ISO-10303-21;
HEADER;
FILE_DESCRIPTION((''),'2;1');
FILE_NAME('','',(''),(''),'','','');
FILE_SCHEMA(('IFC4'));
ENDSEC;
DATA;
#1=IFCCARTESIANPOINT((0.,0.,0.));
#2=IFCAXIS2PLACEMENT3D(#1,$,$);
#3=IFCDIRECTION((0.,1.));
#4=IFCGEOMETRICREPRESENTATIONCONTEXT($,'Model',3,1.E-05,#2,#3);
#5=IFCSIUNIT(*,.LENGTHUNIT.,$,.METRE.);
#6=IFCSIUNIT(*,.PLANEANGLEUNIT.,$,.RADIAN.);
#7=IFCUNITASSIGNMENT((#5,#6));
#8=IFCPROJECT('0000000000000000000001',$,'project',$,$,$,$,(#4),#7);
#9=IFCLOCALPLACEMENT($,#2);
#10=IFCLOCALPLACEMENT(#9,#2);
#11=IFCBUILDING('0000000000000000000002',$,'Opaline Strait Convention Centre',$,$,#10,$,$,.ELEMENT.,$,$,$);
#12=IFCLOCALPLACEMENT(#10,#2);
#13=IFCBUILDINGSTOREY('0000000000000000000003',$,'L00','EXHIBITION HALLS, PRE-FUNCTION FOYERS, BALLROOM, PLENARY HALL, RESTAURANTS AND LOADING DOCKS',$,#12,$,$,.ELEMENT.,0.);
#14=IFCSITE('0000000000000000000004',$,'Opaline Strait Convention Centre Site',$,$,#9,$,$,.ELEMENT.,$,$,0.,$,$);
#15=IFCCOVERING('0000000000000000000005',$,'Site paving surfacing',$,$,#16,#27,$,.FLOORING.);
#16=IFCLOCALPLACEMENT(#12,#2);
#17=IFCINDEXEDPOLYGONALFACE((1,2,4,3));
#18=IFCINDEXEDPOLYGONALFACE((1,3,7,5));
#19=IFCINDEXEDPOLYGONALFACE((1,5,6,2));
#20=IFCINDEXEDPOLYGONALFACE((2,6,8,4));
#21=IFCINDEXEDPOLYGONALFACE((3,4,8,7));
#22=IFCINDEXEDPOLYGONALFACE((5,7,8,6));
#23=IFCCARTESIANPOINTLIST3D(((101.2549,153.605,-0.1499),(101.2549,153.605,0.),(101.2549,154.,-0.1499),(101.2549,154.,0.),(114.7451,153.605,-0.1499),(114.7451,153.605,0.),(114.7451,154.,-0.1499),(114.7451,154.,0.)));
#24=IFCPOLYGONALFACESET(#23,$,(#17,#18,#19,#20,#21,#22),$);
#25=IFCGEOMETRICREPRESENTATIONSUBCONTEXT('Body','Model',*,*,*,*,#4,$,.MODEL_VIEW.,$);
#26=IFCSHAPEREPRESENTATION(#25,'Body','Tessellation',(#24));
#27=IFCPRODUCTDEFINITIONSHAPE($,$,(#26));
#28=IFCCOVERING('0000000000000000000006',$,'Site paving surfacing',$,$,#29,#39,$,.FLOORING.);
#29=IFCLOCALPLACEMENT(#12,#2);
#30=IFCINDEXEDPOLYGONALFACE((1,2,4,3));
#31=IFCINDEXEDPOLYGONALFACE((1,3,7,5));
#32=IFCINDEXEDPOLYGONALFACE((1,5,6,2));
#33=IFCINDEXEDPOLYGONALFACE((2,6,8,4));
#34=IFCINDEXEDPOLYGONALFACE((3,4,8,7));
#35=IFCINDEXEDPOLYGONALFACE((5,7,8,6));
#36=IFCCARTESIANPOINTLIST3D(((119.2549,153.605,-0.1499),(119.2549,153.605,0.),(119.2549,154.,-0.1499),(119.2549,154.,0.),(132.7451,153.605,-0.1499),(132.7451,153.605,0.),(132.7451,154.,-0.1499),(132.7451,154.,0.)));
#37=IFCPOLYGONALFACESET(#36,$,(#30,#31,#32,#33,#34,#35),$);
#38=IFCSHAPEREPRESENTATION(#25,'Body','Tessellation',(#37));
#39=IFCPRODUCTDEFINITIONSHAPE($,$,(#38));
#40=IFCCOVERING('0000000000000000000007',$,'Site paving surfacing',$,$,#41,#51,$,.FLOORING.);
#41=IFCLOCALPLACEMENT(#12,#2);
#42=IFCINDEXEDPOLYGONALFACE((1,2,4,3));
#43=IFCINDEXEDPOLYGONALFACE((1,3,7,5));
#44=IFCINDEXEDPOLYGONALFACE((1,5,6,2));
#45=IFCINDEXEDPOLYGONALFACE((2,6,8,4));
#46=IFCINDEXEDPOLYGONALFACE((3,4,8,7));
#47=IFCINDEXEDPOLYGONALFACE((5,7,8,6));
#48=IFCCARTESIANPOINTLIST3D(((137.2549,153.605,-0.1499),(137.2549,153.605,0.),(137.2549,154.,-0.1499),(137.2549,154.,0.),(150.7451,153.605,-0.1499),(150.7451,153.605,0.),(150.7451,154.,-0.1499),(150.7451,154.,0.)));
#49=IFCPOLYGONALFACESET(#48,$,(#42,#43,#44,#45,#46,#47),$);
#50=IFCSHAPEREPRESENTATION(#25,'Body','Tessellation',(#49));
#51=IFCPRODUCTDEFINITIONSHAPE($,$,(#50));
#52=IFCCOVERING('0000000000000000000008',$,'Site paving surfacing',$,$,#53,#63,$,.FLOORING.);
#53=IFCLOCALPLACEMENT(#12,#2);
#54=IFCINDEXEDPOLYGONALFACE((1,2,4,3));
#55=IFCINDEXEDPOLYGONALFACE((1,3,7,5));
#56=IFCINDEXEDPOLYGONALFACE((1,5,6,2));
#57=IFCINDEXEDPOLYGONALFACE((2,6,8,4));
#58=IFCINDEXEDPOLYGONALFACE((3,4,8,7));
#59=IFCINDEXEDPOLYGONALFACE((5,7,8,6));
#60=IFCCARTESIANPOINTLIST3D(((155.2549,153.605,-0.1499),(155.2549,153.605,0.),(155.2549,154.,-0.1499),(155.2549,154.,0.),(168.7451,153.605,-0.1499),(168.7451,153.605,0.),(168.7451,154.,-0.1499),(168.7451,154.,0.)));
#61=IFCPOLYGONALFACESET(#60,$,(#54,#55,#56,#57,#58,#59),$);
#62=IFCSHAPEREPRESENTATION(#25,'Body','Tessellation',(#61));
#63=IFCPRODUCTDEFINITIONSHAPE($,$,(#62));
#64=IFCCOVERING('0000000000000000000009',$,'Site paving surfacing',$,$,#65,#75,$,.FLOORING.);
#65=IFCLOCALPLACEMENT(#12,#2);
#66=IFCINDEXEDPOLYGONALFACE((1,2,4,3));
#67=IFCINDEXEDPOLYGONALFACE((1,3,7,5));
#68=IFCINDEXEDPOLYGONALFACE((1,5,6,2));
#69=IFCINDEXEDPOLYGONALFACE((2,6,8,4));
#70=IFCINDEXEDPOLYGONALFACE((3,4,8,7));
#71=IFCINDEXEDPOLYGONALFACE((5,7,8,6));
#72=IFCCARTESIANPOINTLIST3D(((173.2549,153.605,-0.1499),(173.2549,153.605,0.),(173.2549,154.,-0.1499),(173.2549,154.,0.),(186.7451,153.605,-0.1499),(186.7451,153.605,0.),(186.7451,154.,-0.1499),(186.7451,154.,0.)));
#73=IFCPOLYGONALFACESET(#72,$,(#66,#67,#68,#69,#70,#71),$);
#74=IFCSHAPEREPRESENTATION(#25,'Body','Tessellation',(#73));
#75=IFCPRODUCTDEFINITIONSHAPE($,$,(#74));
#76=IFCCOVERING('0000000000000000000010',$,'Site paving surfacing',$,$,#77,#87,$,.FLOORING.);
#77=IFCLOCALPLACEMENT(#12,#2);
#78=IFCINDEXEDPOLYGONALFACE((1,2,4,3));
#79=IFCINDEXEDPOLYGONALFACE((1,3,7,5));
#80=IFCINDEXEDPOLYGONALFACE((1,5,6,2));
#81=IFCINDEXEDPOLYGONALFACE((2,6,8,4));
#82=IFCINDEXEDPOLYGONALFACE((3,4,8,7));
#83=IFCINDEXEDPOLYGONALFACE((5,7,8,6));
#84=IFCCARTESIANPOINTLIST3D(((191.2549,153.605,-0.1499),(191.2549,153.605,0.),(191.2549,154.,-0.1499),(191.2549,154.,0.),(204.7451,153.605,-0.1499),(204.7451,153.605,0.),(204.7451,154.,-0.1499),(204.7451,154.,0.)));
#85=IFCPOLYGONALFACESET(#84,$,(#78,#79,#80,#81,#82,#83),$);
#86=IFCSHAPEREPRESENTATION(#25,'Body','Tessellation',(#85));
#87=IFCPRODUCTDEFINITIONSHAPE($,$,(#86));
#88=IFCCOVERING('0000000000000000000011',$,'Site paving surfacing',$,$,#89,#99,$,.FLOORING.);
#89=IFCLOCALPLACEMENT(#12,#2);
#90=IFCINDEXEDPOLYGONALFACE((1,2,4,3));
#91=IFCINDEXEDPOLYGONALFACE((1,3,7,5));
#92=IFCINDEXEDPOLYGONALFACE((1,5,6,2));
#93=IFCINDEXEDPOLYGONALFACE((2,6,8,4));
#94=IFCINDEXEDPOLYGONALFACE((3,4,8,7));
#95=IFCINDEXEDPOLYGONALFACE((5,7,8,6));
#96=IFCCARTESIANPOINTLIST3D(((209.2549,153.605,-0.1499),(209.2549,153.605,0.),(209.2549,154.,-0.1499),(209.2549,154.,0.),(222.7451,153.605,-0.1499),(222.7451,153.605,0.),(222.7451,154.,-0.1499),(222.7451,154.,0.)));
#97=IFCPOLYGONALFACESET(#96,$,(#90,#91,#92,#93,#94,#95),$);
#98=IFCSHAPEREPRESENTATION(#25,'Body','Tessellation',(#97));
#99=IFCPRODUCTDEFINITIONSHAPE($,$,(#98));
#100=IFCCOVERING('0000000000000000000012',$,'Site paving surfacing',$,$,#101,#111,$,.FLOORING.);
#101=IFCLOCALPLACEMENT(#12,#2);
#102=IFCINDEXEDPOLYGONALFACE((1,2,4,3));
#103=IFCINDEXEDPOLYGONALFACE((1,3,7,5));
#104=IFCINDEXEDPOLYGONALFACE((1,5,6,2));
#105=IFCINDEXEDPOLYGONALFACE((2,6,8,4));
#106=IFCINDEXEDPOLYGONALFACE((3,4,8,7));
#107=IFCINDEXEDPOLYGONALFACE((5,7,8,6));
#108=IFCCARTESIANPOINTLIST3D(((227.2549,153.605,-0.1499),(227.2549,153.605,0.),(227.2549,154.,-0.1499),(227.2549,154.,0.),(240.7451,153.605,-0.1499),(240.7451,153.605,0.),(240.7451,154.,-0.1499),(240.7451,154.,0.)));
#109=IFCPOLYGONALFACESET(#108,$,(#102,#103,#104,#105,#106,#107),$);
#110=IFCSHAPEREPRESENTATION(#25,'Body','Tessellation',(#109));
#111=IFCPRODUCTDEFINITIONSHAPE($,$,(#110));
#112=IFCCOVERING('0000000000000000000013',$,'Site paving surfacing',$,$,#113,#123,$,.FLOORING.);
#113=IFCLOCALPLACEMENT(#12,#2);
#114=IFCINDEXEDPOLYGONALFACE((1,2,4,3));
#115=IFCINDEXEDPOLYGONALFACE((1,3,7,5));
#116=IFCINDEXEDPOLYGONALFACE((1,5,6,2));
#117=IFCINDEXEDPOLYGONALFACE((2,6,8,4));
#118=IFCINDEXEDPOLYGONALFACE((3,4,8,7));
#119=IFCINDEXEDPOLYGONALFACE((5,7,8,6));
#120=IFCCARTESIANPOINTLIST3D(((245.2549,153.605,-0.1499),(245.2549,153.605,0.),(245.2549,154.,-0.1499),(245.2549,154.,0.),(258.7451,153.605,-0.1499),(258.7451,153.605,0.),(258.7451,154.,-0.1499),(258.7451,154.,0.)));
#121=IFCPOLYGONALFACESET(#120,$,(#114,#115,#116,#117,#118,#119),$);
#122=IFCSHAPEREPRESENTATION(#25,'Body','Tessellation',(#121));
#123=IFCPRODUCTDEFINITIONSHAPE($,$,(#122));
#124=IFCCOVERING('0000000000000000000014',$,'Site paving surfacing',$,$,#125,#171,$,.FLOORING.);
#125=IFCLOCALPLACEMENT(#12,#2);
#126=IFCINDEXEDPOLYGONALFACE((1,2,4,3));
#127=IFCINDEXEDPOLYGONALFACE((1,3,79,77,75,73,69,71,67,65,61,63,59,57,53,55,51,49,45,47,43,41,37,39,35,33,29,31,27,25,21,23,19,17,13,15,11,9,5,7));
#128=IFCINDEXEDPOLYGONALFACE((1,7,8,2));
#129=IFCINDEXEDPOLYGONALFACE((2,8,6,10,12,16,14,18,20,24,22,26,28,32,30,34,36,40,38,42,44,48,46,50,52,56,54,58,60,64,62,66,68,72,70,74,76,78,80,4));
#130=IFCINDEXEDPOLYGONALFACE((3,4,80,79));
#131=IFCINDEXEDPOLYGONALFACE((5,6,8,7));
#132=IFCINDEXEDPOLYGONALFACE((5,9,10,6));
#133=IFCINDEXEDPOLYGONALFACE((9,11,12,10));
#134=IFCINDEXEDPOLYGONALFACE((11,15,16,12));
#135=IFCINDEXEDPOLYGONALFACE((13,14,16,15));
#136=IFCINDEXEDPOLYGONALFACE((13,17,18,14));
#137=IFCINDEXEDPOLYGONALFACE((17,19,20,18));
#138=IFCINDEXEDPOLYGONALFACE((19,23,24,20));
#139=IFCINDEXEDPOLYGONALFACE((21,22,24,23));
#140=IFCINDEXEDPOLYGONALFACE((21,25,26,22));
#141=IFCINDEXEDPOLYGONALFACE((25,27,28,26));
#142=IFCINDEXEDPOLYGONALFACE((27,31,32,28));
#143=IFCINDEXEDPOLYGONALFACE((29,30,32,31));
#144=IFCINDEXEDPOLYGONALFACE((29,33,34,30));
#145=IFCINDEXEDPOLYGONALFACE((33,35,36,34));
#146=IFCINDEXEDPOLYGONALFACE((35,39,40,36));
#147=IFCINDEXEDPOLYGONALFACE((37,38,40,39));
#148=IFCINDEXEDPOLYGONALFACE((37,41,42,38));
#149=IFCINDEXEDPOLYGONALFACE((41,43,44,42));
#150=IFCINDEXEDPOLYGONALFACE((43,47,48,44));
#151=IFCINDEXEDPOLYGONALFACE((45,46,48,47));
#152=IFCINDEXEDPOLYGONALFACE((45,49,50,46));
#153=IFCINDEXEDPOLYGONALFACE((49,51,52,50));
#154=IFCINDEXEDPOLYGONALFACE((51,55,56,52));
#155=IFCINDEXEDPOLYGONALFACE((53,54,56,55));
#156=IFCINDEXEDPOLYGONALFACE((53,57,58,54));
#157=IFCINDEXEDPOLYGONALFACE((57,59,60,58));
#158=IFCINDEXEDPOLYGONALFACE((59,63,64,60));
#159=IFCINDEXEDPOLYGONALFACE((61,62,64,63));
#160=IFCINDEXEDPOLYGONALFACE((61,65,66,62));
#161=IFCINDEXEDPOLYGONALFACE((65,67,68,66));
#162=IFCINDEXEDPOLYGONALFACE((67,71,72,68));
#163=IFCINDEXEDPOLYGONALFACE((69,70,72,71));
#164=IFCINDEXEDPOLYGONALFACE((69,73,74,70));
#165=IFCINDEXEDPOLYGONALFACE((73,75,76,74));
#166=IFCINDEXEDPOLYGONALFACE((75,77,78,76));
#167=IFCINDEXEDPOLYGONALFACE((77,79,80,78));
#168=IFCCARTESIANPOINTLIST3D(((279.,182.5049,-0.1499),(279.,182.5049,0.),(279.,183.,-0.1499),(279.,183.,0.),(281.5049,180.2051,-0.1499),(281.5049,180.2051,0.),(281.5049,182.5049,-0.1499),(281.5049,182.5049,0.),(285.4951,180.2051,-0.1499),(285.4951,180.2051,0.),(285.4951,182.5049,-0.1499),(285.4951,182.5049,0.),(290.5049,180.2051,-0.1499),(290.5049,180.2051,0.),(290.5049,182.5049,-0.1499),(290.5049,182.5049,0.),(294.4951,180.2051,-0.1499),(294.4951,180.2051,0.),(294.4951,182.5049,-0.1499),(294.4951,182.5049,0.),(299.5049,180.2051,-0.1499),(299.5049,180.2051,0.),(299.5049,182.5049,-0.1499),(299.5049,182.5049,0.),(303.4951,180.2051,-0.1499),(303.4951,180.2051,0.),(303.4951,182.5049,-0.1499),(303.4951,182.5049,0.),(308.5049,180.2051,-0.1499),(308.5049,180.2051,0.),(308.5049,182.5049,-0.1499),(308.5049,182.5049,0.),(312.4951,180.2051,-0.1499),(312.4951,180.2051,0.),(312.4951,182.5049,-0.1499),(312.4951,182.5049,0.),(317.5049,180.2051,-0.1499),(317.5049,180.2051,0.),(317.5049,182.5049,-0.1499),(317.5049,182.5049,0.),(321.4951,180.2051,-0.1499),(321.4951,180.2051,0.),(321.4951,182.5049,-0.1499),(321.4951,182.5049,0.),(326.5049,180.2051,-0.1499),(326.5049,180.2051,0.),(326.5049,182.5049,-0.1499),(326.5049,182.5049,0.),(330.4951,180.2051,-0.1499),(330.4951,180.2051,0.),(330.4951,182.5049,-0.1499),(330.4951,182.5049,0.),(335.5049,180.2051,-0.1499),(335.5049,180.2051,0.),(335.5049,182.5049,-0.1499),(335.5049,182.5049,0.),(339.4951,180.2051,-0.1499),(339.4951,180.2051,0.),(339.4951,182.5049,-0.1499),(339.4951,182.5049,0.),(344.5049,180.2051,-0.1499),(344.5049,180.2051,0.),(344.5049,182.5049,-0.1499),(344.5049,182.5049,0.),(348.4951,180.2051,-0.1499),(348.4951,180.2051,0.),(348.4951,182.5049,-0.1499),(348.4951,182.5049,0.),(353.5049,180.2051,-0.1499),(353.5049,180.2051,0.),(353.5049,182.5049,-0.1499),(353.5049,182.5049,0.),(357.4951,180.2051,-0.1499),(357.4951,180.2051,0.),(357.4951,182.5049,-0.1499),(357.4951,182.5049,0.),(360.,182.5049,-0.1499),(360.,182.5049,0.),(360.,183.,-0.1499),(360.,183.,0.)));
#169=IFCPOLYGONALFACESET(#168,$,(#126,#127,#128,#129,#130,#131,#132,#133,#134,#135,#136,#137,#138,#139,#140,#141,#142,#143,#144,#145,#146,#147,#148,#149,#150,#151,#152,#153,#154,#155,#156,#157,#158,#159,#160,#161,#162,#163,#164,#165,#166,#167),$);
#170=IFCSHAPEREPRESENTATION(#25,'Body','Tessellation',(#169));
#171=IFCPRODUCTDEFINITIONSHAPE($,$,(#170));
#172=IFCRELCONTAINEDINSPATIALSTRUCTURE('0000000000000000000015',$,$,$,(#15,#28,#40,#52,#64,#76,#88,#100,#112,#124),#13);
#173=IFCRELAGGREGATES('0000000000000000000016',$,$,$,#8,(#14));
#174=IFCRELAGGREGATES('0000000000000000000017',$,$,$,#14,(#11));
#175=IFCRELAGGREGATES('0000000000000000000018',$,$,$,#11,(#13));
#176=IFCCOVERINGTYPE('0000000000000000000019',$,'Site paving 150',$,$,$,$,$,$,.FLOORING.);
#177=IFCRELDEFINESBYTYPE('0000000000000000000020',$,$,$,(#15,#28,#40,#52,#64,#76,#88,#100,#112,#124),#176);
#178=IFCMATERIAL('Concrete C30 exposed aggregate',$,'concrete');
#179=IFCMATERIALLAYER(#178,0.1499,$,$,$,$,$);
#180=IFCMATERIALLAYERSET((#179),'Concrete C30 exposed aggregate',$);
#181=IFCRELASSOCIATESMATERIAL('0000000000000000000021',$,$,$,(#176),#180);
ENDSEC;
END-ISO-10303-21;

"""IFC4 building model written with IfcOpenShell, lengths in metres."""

from ifc_helpers import new_model, si_unit, direction, frame, origin, place, context, subcontext, project, spatial, polyline, outline, extrude, material, layer, layer_set, type_object, element, save


model = new_model("IFC4")

# Units and contexts
model_context = context("Model", 3, precision=1e-05, world=origin(), true_north=direction((0.0, 1.0)))
body_context = subcontext(model_context, "Body", "Model", "MODEL_VIEW")
ifc_project = project(units=[si_unit("LENGTHUNIT", "METRE"), si_unit("PLANEANGLEUNIT", "RADIAN")], contexts=[model_context])

# Site, building, storey
site_placement = place(None, origin())
site = spatial("IfcSite", under=ifc_project, at=site_placement, Name="Opaline Strait Convention Centre Site", CompositionType="ELEMENT", RefElevation=0.0)
building_placement = place(site_placement, origin())
building = spatial("IfcBuilding", under=site, at=building_placement, Name="Opaline Strait Convention Centre", CompositionType="ELEMENT")
storey_placement = place(building_placement, origin())
storey = spatial("IfcBuildingStorey", under=building, at=storey_placement, Name="L00", Description="EXHIBITION HALLS, PRE-FUNCTION FOYERS, BALLROOM, PLENARY HALL, RESTAURANTS AND LOADING DOCKS", CompositionType="ELEMENT", Elevation=0.0)

# Coverings
ifc_material = material(Name="Concrete C30 exposed aggregate", Category="concrete")
ifc_layer = layer(ifc_material, 0.1499)
ifc_layer_set = layer_set([ifc_layer], Name="Concrete C30 exposed aggregate")
covering_type = type_object("IfcCoveringType", Name="Site paving 150", PredefinedType="FLOORING", material=ifc_layer_set)
covering_1_placement = place(storey_placement, frame((0.0, 0.0, -0.1499)))
element("IfcCovering", 1, at=covering_1_placement, inside=storey, type_object=covering_type, Name="Site paving surfacing", PredefinedType="FLOORING", context=body_context, shape_type="SweptSolid", body=[
    extrude(outline(polyline([(114.7451, 153.605), (114.7451, 154.0), (101.2549, 154.0), (101.2549, 153.605), (114.7451, 153.605)])), origin(), (0.0, 0.0, 1.0), 0.1499),
])
covering_2_placement = place(storey_placement, frame((0.0, 0.0, -0.1499)))
element("IfcCovering", 2, at=covering_2_placement, inside=storey, type_object=covering_type, Name="Site paving surfacing", PredefinedType="FLOORING", context=body_context, shape_type="SweptSolid", body=[
    extrude(outline(polyline([(132.7451, 153.605), (132.7451, 154.0), (119.2549, 154.0), (119.2549, 153.605), (132.7451, 153.605)])), origin(), (0.0, 0.0, 1.0), 0.1499),
])
covering_3_placement = place(storey_placement, frame((0.0, 0.0, -0.1499)))
element("IfcCovering", 3, at=covering_3_placement, inside=storey, type_object=covering_type, Name="Site paving surfacing", PredefinedType="FLOORING", context=body_context, shape_type="SweptSolid", body=[
    extrude(outline(polyline([(150.7451, 153.605), (150.7451, 154.0), (137.2549, 154.0), (137.2549, 153.605), (150.7451, 153.605)])), origin(), (0.0, 0.0, 1.0), 0.1499),
])
covering_4_placement = place(storey_placement, frame((0.0, 0.0, -0.1499)))
element("IfcCovering", 4, at=covering_4_placement, inside=storey, type_object=covering_type, Name="Site paving surfacing", PredefinedType="FLOORING", context=body_context, shape_type="SweptSolid", body=[
    extrude(outline(polyline([(168.7451, 153.605), (168.7451, 154.0), (155.2549, 154.0), (155.2549, 153.605), (168.7451, 153.605)])), origin(), (0.0, 0.0, 1.0), 0.1499),
])
covering_5_placement = place(storey_placement, frame((0.0, 0.0, -0.1499)))
element("IfcCovering", 5, at=covering_5_placement, inside=storey, type_object=covering_type, Name="Site paving surfacing", PredefinedType="FLOORING", context=body_context, shape_type="SweptSolid", body=[
    extrude(outline(polyline([(186.7451, 153.605), (186.7451, 154.0), (173.2549, 154.0), (173.2549, 153.605), (186.7451, 153.605)])), origin(), (0.0, 0.0, 1.0), 0.1499),
])
covering_6_placement = place(storey_placement, frame((0.0, 0.0, -0.1499)))
element("IfcCovering", 6, at=covering_6_placement, inside=storey, type_object=covering_type, Name="Site paving surfacing", PredefinedType="FLOORING", context=body_context, shape_type="SweptSolid", body=[
    extrude(outline(polyline([(204.7451, 153.605), (204.7451, 154.0), (191.2549, 154.0), (191.2549, 153.605), (204.7451, 153.605)])), origin(), (0.0, 0.0, 1.0), 0.1499),
])
covering_7_placement = place(storey_placement, frame((0.0, 0.0, -0.1499)))
element("IfcCovering", 7, at=covering_7_placement, inside=storey, type_object=covering_type, Name="Site paving surfacing", PredefinedType="FLOORING", context=body_context, shape_type="SweptSolid", body=[
    extrude(outline(polyline([(222.7451, 153.605), (222.7451, 154.0), (209.2549, 154.0), (209.2549, 153.605), (222.7451, 153.605)])), origin(), (0.0, 0.0, 1.0), 0.1499),
])
covering_8_placement = place(storey_placement, frame((0.0, 0.0, -0.1499)))
element("IfcCovering", 8, at=covering_8_placement, inside=storey, type_object=covering_type, Name="Site paving surfacing", PredefinedType="FLOORING", context=body_context, shape_type="SweptSolid", body=[
    extrude(outline(polyline([(240.7451, 153.605), (240.7451, 154.0), (227.2549, 154.0), (227.2549, 153.605), (240.7451, 153.605)])), origin(), (0.0, 0.0, 1.0), 0.1499),
])
covering_9_placement = place(storey_placement, frame((0.0, 0.0, -0.1499)))
element("IfcCovering", 9, at=covering_9_placement, inside=storey, type_object=covering_type, Name="Site paving surfacing", PredefinedType="FLOORING", context=body_context, shape_type="SweptSolid", body=[
    extrude(outline(polyline([(258.7451, 153.605), (258.7451, 154.0), (245.2549, 154.0), (245.2549, 153.605), (258.7451, 153.605)])), origin(), (0.0, 0.0, 1.0), 0.1499),
])
covering_10_placement = place(storey_placement, frame((0.0, 0.0, -0.1499)))
element("IfcCovering", 10, at=covering_10_placement, inside=storey, type_object=covering_type, Name="Site paving surfacing", PredefinedType="FLOORING", context=body_context, shape_type="SweptSolid", body=[
    extrude(outline(polyline([(360.0, 183.0), (279.0, 183.0), (279.0, 182.5049), (281.5049, 182.5049), (281.5049, 180.2051), (285.4951, 180.2051), (285.4951, 182.5049), (290.5049, 182.5049), (290.5049, 180.2051), (294.4951, 180.2051), (294.4951, 182.5049), (299.5049, 182.5049), (299.5049, 180.2051), (303.4951, 180.2051), (303.4951, 182.5049), (308.5049, 182.5049), (308.5049, 180.2051), (312.4951, 180.2051), (312.4951, 182.5049), (317.5049, 182.5049), (317.5049, 180.2051), (321.4951, 180.2051), (321.4951, 182.5049), (326.5049, 182.5049), (326.5049, 180.2051), (330.4951, 180.2051), (330.4951, 182.5049), (335.5049, 182.5049), (335.5049, 180.2051), (339.4951, 180.2051), (339.4951, 182.5049), (344.5049, 182.5049), (344.5049, 180.2051), (348.4951, 180.2051), (348.4951, 182.5049), (353.5049, 182.5049), (353.5049, 180.2051), (357.4951, 180.2051), (357.4951, 182.5049), (360.0, 182.5049), (360.0, 183.0)])), origin(), (0.0, 0.0, 1.0), 0.1499),
])

save(model, "model.ifc")
